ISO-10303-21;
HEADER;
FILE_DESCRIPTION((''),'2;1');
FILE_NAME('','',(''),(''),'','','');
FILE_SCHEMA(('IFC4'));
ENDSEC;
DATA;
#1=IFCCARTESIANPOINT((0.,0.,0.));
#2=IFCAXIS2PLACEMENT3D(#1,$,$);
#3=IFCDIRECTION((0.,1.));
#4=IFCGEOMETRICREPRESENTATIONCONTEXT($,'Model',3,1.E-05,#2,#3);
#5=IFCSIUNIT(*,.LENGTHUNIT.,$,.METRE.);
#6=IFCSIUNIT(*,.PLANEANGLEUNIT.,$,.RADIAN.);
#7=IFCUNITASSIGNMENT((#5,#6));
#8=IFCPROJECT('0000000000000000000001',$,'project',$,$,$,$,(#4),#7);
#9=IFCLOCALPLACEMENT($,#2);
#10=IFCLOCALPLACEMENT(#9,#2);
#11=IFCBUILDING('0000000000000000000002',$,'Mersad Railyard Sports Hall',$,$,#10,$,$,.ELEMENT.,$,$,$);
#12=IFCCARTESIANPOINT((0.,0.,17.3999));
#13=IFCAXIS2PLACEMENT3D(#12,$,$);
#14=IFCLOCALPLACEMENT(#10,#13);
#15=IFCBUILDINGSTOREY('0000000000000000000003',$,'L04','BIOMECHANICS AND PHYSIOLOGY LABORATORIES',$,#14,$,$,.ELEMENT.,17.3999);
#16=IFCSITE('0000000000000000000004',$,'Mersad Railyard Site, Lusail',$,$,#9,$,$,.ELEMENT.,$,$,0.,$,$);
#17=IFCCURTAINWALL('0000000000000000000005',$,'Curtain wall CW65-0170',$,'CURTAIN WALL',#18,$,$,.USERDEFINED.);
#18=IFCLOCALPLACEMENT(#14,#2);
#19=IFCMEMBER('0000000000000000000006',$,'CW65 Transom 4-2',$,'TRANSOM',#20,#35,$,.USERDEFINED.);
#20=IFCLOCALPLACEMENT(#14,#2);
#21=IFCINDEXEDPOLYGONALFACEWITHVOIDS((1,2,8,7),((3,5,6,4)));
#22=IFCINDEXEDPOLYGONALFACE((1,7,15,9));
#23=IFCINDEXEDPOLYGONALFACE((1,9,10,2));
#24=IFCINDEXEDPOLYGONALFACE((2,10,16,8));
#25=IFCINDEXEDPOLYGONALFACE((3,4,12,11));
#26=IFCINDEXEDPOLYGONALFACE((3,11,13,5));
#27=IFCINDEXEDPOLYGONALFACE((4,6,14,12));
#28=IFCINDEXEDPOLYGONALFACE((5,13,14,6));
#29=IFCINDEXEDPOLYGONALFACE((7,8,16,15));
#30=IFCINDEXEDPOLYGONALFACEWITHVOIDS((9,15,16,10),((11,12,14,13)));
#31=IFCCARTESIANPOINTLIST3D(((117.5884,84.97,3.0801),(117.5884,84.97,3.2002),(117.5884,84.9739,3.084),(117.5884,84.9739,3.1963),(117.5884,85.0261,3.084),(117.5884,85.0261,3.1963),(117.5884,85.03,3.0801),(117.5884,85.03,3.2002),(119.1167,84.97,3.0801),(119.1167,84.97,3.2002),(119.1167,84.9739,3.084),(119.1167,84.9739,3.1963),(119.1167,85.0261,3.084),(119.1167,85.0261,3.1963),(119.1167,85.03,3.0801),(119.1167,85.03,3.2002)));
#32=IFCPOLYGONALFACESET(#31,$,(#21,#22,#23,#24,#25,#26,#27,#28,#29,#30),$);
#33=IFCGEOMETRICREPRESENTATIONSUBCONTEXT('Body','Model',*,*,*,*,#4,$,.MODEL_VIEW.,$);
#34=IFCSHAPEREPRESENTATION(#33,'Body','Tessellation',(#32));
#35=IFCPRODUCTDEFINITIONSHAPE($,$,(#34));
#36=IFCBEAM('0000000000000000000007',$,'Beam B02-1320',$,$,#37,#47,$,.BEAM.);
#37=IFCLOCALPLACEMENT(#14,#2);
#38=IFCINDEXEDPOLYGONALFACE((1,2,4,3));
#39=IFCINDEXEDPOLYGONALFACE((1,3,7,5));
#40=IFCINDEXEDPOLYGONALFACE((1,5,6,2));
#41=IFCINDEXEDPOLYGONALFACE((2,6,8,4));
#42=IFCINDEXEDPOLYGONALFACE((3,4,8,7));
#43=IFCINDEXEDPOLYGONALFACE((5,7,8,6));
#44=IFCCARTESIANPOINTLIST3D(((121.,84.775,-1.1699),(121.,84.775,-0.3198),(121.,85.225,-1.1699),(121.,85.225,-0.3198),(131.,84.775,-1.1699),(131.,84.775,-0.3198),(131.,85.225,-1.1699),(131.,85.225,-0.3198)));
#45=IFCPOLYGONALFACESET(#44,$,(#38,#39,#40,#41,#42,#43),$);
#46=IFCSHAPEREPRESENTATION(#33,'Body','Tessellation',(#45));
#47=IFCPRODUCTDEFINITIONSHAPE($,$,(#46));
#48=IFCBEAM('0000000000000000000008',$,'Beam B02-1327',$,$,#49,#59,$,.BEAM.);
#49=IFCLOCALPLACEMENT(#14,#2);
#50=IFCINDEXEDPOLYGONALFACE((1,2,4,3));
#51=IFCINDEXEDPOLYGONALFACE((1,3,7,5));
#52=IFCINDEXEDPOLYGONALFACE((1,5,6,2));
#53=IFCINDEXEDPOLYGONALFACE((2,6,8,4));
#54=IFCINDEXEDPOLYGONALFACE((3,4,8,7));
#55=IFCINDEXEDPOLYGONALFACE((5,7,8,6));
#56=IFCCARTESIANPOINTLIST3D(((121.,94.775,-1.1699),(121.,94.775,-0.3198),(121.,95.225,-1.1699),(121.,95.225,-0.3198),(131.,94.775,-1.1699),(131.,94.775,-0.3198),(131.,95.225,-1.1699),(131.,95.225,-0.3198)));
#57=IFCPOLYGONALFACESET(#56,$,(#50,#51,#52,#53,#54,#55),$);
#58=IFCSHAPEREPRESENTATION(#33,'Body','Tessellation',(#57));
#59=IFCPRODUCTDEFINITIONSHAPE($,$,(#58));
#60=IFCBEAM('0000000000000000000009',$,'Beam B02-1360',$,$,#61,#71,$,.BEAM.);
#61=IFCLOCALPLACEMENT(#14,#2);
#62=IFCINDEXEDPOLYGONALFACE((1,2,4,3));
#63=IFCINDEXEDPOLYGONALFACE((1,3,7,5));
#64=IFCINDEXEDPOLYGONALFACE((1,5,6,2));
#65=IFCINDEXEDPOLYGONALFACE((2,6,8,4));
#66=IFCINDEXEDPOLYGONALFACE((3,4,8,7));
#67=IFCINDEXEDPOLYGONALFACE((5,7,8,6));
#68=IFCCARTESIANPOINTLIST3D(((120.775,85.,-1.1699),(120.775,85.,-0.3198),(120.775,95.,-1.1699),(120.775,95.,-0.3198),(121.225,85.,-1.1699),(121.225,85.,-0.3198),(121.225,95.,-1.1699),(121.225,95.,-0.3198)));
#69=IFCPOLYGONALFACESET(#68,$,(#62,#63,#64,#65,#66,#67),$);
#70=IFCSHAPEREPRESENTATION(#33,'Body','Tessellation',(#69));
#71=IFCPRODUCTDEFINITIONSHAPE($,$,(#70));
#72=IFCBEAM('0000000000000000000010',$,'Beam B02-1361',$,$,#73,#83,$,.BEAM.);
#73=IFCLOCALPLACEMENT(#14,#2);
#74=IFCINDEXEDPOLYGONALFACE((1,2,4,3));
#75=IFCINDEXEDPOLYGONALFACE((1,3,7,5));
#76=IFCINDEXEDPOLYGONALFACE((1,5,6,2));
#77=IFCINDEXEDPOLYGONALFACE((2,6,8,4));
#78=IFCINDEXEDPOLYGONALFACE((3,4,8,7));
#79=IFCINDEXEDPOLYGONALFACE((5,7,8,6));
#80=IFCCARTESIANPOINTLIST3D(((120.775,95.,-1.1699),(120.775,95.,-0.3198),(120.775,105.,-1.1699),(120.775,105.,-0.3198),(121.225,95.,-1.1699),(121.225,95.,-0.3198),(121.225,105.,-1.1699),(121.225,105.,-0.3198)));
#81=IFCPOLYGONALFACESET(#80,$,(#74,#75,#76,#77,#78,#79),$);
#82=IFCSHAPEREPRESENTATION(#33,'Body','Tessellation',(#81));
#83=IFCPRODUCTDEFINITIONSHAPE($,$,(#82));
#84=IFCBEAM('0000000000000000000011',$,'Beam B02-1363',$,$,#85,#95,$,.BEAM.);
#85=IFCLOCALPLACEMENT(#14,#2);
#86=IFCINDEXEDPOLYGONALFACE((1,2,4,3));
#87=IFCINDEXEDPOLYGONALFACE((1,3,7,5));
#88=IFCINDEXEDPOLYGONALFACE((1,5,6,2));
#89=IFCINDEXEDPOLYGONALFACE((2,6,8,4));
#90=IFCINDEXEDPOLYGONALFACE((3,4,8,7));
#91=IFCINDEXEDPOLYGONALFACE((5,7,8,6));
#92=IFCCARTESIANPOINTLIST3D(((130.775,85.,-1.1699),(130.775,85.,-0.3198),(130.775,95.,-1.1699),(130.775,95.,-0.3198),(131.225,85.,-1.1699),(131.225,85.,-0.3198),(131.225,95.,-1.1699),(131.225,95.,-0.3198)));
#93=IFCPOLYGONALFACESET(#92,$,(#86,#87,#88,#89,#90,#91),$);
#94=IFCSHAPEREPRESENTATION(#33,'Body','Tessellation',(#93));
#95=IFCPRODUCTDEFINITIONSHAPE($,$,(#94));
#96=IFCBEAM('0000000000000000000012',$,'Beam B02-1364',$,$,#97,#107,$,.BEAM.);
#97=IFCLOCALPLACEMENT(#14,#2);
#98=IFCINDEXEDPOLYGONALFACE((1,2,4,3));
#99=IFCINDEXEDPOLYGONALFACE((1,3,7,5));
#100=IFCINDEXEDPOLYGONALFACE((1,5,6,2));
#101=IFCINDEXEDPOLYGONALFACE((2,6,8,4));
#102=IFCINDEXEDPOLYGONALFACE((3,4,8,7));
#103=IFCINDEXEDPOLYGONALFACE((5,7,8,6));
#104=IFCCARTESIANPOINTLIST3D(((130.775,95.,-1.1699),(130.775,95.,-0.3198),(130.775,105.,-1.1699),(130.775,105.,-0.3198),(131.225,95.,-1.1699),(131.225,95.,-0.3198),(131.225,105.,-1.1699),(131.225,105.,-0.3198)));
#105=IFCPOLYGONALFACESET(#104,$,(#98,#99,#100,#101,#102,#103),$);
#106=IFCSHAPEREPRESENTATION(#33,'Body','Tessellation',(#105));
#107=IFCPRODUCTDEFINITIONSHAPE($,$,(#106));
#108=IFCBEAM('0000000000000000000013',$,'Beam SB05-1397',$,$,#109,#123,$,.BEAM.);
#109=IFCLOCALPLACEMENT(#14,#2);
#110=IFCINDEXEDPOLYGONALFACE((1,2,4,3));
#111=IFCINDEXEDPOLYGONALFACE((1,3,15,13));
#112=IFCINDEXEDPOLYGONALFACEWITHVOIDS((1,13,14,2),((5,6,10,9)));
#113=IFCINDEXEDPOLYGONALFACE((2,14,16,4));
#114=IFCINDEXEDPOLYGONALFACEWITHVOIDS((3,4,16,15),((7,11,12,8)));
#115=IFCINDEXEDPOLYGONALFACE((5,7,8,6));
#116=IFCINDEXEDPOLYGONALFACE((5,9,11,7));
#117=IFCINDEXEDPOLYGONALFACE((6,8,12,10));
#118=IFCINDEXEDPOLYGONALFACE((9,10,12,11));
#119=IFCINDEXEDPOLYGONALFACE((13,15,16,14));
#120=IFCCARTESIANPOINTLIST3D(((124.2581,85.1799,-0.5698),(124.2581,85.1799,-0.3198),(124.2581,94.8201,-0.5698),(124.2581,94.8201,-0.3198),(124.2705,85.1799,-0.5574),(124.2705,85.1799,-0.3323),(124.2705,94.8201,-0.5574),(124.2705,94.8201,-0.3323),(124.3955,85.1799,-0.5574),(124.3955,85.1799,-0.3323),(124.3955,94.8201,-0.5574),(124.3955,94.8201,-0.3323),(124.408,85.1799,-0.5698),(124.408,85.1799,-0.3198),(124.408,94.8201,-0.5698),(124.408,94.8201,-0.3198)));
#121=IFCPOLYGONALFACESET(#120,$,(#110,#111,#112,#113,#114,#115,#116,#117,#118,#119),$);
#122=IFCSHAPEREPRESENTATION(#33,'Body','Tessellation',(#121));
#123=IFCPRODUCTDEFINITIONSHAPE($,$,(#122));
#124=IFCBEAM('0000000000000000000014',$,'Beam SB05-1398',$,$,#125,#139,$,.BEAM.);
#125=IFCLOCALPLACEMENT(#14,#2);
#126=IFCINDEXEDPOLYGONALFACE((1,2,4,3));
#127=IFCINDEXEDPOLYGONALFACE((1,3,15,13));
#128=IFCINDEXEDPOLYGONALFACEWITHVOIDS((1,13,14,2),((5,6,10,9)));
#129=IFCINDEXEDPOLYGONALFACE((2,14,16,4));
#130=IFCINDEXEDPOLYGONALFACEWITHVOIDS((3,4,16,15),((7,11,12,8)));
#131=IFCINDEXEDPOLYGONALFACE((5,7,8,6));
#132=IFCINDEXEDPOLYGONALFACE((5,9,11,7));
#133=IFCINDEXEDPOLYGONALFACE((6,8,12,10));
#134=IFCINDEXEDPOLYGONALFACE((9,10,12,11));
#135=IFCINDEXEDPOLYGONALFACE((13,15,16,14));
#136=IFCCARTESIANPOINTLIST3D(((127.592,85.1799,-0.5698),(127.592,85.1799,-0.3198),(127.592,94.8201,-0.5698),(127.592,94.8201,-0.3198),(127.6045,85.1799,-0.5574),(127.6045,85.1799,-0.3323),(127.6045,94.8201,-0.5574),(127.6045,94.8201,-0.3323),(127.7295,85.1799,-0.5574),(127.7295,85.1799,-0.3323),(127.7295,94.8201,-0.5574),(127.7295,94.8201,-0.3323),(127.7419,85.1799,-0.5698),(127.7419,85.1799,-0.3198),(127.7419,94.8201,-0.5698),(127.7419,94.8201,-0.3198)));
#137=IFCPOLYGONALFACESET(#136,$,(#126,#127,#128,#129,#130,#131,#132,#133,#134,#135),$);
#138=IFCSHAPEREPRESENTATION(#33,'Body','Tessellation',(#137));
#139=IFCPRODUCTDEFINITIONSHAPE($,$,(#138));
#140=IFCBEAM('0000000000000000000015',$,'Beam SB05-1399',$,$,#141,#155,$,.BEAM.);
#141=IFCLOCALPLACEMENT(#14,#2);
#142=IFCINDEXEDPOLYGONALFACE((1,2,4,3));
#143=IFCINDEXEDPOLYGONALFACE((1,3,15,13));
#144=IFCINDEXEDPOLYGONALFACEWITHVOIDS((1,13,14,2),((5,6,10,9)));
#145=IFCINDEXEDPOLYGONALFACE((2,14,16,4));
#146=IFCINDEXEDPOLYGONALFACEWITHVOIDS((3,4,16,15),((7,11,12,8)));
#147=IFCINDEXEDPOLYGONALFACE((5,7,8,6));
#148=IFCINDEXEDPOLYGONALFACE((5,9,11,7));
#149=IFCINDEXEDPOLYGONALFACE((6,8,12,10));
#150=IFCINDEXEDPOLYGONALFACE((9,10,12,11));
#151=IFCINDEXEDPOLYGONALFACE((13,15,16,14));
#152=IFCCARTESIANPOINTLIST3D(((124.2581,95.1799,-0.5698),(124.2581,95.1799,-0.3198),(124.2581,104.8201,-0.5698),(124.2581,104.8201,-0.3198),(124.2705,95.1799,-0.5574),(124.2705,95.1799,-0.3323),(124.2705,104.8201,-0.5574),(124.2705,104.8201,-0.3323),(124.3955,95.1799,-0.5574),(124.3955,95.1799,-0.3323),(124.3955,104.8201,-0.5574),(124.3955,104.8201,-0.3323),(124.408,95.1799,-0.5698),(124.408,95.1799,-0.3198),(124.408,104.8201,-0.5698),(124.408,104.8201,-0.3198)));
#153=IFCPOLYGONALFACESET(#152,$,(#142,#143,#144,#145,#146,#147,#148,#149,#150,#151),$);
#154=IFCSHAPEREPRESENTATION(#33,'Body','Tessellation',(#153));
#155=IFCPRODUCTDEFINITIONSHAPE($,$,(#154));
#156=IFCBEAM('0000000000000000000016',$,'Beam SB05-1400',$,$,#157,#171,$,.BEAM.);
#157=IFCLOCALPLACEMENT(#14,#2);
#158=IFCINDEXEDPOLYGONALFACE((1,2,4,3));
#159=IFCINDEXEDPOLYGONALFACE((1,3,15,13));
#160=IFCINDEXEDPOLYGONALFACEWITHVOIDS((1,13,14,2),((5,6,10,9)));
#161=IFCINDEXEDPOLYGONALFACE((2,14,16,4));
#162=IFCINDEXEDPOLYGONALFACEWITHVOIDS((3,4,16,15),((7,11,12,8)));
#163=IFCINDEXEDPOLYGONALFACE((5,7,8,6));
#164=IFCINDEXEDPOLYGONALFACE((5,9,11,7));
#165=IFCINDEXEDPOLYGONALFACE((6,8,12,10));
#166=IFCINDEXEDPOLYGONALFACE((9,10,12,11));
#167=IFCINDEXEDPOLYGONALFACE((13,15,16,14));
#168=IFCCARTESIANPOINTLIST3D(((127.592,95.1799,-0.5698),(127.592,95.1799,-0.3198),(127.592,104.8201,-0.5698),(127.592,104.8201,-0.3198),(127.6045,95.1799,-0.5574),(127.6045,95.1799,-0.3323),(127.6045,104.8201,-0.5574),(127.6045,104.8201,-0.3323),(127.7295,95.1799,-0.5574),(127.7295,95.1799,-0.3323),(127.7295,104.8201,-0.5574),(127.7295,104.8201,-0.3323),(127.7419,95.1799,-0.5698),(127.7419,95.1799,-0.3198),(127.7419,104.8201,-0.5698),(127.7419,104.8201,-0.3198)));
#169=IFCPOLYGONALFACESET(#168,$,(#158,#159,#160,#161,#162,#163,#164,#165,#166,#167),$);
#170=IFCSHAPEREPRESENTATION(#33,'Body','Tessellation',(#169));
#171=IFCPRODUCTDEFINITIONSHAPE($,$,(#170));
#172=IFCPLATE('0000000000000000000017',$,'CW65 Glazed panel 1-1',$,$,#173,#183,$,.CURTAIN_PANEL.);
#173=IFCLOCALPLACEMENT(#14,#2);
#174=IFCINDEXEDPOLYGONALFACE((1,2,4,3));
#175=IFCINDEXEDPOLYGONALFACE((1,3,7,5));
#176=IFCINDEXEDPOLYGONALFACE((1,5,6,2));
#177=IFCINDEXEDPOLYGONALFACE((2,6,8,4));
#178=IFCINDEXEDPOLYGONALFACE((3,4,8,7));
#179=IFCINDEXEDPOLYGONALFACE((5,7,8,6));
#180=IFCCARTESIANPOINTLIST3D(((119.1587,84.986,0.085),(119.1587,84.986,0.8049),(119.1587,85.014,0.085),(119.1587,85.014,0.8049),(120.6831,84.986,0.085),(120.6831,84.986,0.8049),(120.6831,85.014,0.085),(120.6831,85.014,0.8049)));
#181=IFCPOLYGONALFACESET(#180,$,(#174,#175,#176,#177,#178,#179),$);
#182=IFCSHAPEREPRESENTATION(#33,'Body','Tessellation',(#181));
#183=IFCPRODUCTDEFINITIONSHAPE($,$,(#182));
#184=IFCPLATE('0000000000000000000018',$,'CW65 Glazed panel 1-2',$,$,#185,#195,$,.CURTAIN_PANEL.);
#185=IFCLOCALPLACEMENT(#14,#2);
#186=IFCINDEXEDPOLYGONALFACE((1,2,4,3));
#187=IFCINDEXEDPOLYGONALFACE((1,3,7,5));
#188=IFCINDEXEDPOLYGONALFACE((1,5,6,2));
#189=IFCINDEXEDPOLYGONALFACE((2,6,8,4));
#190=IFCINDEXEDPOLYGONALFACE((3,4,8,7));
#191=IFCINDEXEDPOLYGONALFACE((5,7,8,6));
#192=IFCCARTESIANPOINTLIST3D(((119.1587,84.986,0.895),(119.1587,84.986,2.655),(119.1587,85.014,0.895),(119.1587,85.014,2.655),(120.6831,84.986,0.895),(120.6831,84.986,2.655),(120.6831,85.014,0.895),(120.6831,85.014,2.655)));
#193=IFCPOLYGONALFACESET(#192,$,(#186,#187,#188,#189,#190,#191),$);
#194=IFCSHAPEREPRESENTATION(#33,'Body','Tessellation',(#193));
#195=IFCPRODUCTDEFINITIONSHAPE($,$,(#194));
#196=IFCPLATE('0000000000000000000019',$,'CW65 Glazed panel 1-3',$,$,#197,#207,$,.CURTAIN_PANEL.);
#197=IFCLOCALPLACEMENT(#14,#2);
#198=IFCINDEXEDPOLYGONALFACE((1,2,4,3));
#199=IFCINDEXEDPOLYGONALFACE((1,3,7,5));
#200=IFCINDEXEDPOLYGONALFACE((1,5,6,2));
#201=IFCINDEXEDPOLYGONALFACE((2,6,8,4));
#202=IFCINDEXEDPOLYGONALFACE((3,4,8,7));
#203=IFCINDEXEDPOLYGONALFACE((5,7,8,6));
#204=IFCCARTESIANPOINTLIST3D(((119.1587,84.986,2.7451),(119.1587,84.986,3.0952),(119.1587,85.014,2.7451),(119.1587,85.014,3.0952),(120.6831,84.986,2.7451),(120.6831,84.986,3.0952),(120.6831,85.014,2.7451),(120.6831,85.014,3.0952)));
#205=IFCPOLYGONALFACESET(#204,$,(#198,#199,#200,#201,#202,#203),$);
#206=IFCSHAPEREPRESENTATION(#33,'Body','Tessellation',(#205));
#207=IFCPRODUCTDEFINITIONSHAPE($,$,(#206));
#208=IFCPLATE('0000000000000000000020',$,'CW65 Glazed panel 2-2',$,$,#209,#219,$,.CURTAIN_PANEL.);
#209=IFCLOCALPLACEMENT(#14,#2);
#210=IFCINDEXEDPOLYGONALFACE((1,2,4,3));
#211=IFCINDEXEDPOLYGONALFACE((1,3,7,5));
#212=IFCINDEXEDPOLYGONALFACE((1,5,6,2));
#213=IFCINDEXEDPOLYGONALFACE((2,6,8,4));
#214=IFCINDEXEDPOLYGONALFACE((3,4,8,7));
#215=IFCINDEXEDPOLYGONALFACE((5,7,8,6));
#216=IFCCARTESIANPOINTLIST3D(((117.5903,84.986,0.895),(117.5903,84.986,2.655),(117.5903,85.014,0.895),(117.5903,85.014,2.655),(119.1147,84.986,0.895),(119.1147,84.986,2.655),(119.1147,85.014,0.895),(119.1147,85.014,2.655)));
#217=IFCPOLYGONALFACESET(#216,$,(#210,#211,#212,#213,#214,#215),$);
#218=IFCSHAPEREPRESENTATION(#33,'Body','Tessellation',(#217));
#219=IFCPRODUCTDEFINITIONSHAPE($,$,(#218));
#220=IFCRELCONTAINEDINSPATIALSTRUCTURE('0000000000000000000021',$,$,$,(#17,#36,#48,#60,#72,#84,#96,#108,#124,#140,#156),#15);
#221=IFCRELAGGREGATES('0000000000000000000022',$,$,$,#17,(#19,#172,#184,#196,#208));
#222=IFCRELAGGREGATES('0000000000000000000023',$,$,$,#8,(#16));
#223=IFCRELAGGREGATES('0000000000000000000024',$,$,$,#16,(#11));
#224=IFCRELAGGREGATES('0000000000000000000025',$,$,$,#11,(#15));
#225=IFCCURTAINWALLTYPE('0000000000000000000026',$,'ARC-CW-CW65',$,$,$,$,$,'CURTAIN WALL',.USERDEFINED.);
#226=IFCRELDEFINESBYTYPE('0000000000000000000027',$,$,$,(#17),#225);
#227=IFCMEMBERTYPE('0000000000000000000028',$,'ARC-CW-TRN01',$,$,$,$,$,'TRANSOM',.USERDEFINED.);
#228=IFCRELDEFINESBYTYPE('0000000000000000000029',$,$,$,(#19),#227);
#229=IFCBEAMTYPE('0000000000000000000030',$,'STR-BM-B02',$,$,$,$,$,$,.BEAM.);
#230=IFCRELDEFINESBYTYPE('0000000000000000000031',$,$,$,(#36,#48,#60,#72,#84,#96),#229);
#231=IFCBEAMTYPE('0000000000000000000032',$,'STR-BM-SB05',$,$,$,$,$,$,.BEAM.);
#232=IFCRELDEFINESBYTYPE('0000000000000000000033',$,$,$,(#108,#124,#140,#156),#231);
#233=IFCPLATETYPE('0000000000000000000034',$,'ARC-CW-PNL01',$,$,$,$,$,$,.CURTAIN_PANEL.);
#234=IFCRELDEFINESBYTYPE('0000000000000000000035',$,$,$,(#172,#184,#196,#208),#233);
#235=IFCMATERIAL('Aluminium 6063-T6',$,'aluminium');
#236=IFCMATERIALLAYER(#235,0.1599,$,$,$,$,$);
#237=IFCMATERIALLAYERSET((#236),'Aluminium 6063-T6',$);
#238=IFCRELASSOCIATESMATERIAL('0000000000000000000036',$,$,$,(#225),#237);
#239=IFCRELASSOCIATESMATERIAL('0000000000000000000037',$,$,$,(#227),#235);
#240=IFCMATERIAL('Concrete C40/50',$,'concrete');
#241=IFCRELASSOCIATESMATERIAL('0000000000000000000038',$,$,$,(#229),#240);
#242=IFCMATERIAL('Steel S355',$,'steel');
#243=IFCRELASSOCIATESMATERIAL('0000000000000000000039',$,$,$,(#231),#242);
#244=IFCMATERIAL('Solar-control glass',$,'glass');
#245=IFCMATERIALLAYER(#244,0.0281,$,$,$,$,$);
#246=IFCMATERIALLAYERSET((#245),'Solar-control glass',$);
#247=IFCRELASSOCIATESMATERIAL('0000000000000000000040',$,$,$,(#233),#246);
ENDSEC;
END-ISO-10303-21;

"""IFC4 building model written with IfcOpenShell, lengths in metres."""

from ifc_helpers import new_model, si_unit, direction, frame, origin, origin_2d, place, context, subcontext, project, spatial, rectangle, hollow_rectangle, extrude, material, layer, layer_set, material_profile, profile_set, type_object, element, aggregate, save


model = new_model("IFC4")

# Units and contexts
model_context = context("Model", 3, precision=1e-05, world=origin(), true_north=direction((0.0, 1.0)))
body_context = subcontext(model_context, "Body", "Model", "MODEL_VIEW")
ifc_project = project(units=[si_unit("LENGTHUNIT", "METRE"), si_unit("PLANEANGLEUNIT", "RADIAN")], contexts=[model_context])

# Site, building, storey
site_placement = place(None, origin())
site = spatial("IfcSite", under=ifc_project, at=site_placement, Name="Mersad Railyard Site, Lusail", CompositionType="ELEMENT", RefElevation=0.0)
building_placement = place(site_placement, origin())
building = spatial("IfcBuilding", under=site, at=building_placement, Name="Mersad Railyard Sports Hall", CompositionType="ELEMENT")
storey_placement = place(building_placement, frame((0.0, 0.0, 17.3999)))
storey = spatial("IfcBuildingStorey", under=building, at=storey_placement, Name="L04", Description="BIOMECHANICS AND PHYSIOLOGY LABORATORIES", CompositionType="ELEMENT", Elevation=17.3999)

# Shared definitions
ifc_material_1 = material(Name="Concrete C40/50", Category="concrete")

# Curtain wall, member
ifc_material_2 = material(Name="Aluminium 6063-T6", Category="aluminium")
ifc_layer_1 = layer(ifc_material_2, 0.1599)
ifc_layer_set_1 = layer_set([ifc_layer_1], Name="Aluminium 6063-T6")
curtain_wall_type = type_object("IfcCurtainWallType", Name="ARC-CW-CW65", ElementType="CURTAIN WALL", PredefinedType="USERDEFINED", material=ifc_layer_set_1)
curtain_wall_placement = place(storey_placement, origin())
curtain_wall = element("IfcCurtainWall", 1, at=curtain_wall_placement, inside=storey, type_object=curtain_wall_type, Name="Curtain wall CW65-0170", ObjectType="CURTAIN WALL", PredefinedType="USERDEFINED")
ifc_material_profile_1 = material_profile(ifc_material_2, hollow_rectangle(XDim=0.0601, YDim=0.1201, WallThickness=0.0039, at=origin_2d()), Name="AL TRANSOM 60x120x4")
ifc_profile_set_1 = profile_set([ifc_material_profile_1], Name="Aluminium 6063-T6")
member_type_1 = type_object("IfcMemberType", Name="ARC-CW-TRN01", ElementType="TRANSOM", PredefinedType="USERDEFINED", material=ifc_profile_set_1)
member_1_placement = place(storey_placement, frame((119.1167, 85.0, 3.1401), z_axis=(-1.0, 0.0, 0.0), x_axis=(0.0, -1.0, 0.0)))
member_1 = element("IfcMember", 2, at=member_1_placement, type_object=member_type_1, Name="CW65 Transom 4-2", ObjectType="TRANSOM", PredefinedType="USERDEFINED", context=body_context, shape_type="SweptSolid", body=[
    extrude(hollow_rectangle(XDim=0.0601, YDim=0.1201, WallThickness=0.0039, at=origin_2d()), origin(), (0.0, 0.0, 1.0), 1.5283),
])

# Beams
ifc_material_profile_2 = material_profile(ifc_material_1, rectangle(XDim=0.45, YDim=0.8501, at=origin_2d()), Name="RC 450x850")
ifc_profile_set_2 = profile_set([ifc_material_profile_2], Name="Concrete C40/50")
beam_type_1 = type_object("IfcBeamType", Name="STR-BM-B02", PredefinedType="BEAM", material=ifc_profile_set_2)
for number, where, z_axis, x_axis, name in (
    (3, (121.0, 85.0, -0.7449), (1.0, 0.0, 0.0), (0.0, 1.0, 0.0), "Beam B02-1320"),
    (4, (121.0, 95.0, -0.7449), (1.0, 0.0, 0.0), (0.0, 1.0, 0.0), "Beam B02-1327"),
    (5, (121.0, 85.0, -0.7449), (0.0, 1.0, 0.0), (-1.0, 0.0, 0.0), "Beam B02-1360"),
    (6, (121.0, 95.0, -0.7449), (0.0, 1.0, 0.0), (-1.0, 0.0, 0.0), "Beam B02-1361"),
    (7, (131.0, 85.0, -0.7449), (0.0, 1.0, 0.0), (-1.0, 0.0, 0.0), "Beam B02-1363"),
    (8, (131.0, 95.0, -0.7449), (0.0, 1.0, 0.0), (-1.0, 0.0, 0.0), "Beam B02-1364"),
):
    element("IfcBeam", number, at=place(storey_placement, frame(where, z_axis=z_axis, x_axis=x_axis)), inside=storey, type_object=beam_type_1, Name=name, PredefinedType="BEAM", context=body_context, shape_type="SweptSolid", body=[
        extrude(rectangle(XDim=0.45, YDim=0.8501, at=origin_2d()), origin(), (0.0, 0.0, 1.0), 10.0),
    ])
ifc_material_3 = material(Name="Steel S355", Category="steel")
ifc_material_profile_3 = material_profile(ifc_material_3, hollow_rectangle(XDim=0.1499, YDim=0.25, WallThickness=0.0125, at=origin_2d()), Name="RHS 250x150x12.5")
ifc_profile_set_3 = profile_set([ifc_material_profile_3], Name="Steel S355")
beam_type_2 = type_object("IfcBeamType", Name="STR-BM-SB05", PredefinedType="BEAM", material=ifc_profile_set_3)
for number, where, z_axis, x_axis, name in (
    (9, (124.333, 85.1799, -0.4448), (0.0, 1.0, 0.0), (-1.0, 0.0, 0.0), "Beam SB05-1397"),
    (10, (127.667, 85.1799, -0.4448), (0.0, 1.0, 0.0), (-1.0, 0.0, 0.0), "Beam SB05-1398"),
    (11, (124.333, 95.1799, -0.4448), (0.0, 1.0, 0.0), (-1.0, 0.0, 0.0), "Beam SB05-1399"),
    (12, (127.667, 95.1799, -0.4448), (0.0, 1.0, 0.0), (-1.0, 0.0, 0.0), "Beam SB05-1400"),
):
    element("IfcBeam", number, at=place(storey_placement, frame(where, z_axis=z_axis, x_axis=x_axis)), inside=storey, type_object=beam_type_2, Name=name, PredefinedType="BEAM", context=body_context, shape_type="SweptSolid", body=[
        extrude(hollow_rectangle(XDim=0.1499, YDim=0.25, WallThickness=0.0125, at=origin_2d()), origin(), (0.0, 0.0, 1.0), 9.6401),
    ])

# Plates
ifc_material_4 = material(Name="Solar-control glass", Category="glass")
ifc_layer_2 = layer(ifc_material_4, 0.0281)
ifc_layer_set_2 = layer_set([ifc_layer_2], Name="Solar-control glass")
plate_type = type_object("IfcPlateType", Name="ARC-CW-PNL01", PredefinedType="CURTAIN_PANEL", material=ifc_layer_set_2)
plate_1_placement = place(storey_placement, frame((119.9209, 85.0, 0.085), z_axis=(0.0, 0.0, 1.0), x_axis=(-1.0, 0.0, 0.0)))
plate_1 = element("IfcPlate", 13, at=plate_1_placement, type_object=plate_type, Name="CW65 Glazed panel 1-1", PredefinedType="CURTAIN_PANEL", context=body_context, shape_type="SweptSolid", body=[
    extrude(rectangle(XDim=1.5244, YDim=0.0281, at=origin_2d()), origin(), (0.0, 0.0, 1.0), 0.72),
])
plate_2_placement = place(storey_placement, frame((119.9209, 85.0, 0.895), z_axis=(0.0, 0.0, 1.0), x_axis=(-1.0, 0.0, 0.0)))
plate_2 = element("IfcPlate", 14, at=plate_2_placement, type_object=plate_type, Name="CW65 Glazed panel 1-2", PredefinedType="CURTAIN_PANEL", context=body_context, shape_type="SweptSolid", body=[
    extrude(rectangle(XDim=1.5244, YDim=0.0281, at=origin_2d()), origin(), (0.0, 0.0, 1.0), 1.76),
])
plate_3_placement = place(storey_placement, frame((119.9209, 85.0, 2.7451), z_axis=(0.0, 0.0, 1.0), x_axis=(-1.0, 0.0, 0.0)))
plate_3 = element("IfcPlate", 15, at=plate_3_placement, type_object=plate_type, Name="CW65 Glazed panel 1-3", PredefinedType="CURTAIN_PANEL", context=body_context, shape_type="SweptSolid", body=[
    extrude(rectangle(XDim=1.5244, YDim=0.0281, at=origin_2d()), origin(), (0.0, 0.0, 1.0), 0.3501),
])
plate_4_placement = place(storey_placement, frame((118.3525, 85.0, 0.895), z_axis=(0.0, 0.0, 1.0), x_axis=(-1.0, 0.0, 0.0)))
plate_4 = element("IfcPlate", 16, at=plate_4_placement, type_object=plate_type, Name="CW65 Glazed panel 2-2", PredefinedType="CURTAIN_PANEL", context=body_context, shape_type="SweptSolid", body=[
    extrude(rectangle(XDim=1.5244, YDim=0.0281, at=origin_2d()), origin(), (0.0, 0.0, 1.0), 1.76),
])
aggregate(curtain_wall, [member_1, plate_1, plate_2, plate_3, plate_4])

save(model, "model.ifc")
